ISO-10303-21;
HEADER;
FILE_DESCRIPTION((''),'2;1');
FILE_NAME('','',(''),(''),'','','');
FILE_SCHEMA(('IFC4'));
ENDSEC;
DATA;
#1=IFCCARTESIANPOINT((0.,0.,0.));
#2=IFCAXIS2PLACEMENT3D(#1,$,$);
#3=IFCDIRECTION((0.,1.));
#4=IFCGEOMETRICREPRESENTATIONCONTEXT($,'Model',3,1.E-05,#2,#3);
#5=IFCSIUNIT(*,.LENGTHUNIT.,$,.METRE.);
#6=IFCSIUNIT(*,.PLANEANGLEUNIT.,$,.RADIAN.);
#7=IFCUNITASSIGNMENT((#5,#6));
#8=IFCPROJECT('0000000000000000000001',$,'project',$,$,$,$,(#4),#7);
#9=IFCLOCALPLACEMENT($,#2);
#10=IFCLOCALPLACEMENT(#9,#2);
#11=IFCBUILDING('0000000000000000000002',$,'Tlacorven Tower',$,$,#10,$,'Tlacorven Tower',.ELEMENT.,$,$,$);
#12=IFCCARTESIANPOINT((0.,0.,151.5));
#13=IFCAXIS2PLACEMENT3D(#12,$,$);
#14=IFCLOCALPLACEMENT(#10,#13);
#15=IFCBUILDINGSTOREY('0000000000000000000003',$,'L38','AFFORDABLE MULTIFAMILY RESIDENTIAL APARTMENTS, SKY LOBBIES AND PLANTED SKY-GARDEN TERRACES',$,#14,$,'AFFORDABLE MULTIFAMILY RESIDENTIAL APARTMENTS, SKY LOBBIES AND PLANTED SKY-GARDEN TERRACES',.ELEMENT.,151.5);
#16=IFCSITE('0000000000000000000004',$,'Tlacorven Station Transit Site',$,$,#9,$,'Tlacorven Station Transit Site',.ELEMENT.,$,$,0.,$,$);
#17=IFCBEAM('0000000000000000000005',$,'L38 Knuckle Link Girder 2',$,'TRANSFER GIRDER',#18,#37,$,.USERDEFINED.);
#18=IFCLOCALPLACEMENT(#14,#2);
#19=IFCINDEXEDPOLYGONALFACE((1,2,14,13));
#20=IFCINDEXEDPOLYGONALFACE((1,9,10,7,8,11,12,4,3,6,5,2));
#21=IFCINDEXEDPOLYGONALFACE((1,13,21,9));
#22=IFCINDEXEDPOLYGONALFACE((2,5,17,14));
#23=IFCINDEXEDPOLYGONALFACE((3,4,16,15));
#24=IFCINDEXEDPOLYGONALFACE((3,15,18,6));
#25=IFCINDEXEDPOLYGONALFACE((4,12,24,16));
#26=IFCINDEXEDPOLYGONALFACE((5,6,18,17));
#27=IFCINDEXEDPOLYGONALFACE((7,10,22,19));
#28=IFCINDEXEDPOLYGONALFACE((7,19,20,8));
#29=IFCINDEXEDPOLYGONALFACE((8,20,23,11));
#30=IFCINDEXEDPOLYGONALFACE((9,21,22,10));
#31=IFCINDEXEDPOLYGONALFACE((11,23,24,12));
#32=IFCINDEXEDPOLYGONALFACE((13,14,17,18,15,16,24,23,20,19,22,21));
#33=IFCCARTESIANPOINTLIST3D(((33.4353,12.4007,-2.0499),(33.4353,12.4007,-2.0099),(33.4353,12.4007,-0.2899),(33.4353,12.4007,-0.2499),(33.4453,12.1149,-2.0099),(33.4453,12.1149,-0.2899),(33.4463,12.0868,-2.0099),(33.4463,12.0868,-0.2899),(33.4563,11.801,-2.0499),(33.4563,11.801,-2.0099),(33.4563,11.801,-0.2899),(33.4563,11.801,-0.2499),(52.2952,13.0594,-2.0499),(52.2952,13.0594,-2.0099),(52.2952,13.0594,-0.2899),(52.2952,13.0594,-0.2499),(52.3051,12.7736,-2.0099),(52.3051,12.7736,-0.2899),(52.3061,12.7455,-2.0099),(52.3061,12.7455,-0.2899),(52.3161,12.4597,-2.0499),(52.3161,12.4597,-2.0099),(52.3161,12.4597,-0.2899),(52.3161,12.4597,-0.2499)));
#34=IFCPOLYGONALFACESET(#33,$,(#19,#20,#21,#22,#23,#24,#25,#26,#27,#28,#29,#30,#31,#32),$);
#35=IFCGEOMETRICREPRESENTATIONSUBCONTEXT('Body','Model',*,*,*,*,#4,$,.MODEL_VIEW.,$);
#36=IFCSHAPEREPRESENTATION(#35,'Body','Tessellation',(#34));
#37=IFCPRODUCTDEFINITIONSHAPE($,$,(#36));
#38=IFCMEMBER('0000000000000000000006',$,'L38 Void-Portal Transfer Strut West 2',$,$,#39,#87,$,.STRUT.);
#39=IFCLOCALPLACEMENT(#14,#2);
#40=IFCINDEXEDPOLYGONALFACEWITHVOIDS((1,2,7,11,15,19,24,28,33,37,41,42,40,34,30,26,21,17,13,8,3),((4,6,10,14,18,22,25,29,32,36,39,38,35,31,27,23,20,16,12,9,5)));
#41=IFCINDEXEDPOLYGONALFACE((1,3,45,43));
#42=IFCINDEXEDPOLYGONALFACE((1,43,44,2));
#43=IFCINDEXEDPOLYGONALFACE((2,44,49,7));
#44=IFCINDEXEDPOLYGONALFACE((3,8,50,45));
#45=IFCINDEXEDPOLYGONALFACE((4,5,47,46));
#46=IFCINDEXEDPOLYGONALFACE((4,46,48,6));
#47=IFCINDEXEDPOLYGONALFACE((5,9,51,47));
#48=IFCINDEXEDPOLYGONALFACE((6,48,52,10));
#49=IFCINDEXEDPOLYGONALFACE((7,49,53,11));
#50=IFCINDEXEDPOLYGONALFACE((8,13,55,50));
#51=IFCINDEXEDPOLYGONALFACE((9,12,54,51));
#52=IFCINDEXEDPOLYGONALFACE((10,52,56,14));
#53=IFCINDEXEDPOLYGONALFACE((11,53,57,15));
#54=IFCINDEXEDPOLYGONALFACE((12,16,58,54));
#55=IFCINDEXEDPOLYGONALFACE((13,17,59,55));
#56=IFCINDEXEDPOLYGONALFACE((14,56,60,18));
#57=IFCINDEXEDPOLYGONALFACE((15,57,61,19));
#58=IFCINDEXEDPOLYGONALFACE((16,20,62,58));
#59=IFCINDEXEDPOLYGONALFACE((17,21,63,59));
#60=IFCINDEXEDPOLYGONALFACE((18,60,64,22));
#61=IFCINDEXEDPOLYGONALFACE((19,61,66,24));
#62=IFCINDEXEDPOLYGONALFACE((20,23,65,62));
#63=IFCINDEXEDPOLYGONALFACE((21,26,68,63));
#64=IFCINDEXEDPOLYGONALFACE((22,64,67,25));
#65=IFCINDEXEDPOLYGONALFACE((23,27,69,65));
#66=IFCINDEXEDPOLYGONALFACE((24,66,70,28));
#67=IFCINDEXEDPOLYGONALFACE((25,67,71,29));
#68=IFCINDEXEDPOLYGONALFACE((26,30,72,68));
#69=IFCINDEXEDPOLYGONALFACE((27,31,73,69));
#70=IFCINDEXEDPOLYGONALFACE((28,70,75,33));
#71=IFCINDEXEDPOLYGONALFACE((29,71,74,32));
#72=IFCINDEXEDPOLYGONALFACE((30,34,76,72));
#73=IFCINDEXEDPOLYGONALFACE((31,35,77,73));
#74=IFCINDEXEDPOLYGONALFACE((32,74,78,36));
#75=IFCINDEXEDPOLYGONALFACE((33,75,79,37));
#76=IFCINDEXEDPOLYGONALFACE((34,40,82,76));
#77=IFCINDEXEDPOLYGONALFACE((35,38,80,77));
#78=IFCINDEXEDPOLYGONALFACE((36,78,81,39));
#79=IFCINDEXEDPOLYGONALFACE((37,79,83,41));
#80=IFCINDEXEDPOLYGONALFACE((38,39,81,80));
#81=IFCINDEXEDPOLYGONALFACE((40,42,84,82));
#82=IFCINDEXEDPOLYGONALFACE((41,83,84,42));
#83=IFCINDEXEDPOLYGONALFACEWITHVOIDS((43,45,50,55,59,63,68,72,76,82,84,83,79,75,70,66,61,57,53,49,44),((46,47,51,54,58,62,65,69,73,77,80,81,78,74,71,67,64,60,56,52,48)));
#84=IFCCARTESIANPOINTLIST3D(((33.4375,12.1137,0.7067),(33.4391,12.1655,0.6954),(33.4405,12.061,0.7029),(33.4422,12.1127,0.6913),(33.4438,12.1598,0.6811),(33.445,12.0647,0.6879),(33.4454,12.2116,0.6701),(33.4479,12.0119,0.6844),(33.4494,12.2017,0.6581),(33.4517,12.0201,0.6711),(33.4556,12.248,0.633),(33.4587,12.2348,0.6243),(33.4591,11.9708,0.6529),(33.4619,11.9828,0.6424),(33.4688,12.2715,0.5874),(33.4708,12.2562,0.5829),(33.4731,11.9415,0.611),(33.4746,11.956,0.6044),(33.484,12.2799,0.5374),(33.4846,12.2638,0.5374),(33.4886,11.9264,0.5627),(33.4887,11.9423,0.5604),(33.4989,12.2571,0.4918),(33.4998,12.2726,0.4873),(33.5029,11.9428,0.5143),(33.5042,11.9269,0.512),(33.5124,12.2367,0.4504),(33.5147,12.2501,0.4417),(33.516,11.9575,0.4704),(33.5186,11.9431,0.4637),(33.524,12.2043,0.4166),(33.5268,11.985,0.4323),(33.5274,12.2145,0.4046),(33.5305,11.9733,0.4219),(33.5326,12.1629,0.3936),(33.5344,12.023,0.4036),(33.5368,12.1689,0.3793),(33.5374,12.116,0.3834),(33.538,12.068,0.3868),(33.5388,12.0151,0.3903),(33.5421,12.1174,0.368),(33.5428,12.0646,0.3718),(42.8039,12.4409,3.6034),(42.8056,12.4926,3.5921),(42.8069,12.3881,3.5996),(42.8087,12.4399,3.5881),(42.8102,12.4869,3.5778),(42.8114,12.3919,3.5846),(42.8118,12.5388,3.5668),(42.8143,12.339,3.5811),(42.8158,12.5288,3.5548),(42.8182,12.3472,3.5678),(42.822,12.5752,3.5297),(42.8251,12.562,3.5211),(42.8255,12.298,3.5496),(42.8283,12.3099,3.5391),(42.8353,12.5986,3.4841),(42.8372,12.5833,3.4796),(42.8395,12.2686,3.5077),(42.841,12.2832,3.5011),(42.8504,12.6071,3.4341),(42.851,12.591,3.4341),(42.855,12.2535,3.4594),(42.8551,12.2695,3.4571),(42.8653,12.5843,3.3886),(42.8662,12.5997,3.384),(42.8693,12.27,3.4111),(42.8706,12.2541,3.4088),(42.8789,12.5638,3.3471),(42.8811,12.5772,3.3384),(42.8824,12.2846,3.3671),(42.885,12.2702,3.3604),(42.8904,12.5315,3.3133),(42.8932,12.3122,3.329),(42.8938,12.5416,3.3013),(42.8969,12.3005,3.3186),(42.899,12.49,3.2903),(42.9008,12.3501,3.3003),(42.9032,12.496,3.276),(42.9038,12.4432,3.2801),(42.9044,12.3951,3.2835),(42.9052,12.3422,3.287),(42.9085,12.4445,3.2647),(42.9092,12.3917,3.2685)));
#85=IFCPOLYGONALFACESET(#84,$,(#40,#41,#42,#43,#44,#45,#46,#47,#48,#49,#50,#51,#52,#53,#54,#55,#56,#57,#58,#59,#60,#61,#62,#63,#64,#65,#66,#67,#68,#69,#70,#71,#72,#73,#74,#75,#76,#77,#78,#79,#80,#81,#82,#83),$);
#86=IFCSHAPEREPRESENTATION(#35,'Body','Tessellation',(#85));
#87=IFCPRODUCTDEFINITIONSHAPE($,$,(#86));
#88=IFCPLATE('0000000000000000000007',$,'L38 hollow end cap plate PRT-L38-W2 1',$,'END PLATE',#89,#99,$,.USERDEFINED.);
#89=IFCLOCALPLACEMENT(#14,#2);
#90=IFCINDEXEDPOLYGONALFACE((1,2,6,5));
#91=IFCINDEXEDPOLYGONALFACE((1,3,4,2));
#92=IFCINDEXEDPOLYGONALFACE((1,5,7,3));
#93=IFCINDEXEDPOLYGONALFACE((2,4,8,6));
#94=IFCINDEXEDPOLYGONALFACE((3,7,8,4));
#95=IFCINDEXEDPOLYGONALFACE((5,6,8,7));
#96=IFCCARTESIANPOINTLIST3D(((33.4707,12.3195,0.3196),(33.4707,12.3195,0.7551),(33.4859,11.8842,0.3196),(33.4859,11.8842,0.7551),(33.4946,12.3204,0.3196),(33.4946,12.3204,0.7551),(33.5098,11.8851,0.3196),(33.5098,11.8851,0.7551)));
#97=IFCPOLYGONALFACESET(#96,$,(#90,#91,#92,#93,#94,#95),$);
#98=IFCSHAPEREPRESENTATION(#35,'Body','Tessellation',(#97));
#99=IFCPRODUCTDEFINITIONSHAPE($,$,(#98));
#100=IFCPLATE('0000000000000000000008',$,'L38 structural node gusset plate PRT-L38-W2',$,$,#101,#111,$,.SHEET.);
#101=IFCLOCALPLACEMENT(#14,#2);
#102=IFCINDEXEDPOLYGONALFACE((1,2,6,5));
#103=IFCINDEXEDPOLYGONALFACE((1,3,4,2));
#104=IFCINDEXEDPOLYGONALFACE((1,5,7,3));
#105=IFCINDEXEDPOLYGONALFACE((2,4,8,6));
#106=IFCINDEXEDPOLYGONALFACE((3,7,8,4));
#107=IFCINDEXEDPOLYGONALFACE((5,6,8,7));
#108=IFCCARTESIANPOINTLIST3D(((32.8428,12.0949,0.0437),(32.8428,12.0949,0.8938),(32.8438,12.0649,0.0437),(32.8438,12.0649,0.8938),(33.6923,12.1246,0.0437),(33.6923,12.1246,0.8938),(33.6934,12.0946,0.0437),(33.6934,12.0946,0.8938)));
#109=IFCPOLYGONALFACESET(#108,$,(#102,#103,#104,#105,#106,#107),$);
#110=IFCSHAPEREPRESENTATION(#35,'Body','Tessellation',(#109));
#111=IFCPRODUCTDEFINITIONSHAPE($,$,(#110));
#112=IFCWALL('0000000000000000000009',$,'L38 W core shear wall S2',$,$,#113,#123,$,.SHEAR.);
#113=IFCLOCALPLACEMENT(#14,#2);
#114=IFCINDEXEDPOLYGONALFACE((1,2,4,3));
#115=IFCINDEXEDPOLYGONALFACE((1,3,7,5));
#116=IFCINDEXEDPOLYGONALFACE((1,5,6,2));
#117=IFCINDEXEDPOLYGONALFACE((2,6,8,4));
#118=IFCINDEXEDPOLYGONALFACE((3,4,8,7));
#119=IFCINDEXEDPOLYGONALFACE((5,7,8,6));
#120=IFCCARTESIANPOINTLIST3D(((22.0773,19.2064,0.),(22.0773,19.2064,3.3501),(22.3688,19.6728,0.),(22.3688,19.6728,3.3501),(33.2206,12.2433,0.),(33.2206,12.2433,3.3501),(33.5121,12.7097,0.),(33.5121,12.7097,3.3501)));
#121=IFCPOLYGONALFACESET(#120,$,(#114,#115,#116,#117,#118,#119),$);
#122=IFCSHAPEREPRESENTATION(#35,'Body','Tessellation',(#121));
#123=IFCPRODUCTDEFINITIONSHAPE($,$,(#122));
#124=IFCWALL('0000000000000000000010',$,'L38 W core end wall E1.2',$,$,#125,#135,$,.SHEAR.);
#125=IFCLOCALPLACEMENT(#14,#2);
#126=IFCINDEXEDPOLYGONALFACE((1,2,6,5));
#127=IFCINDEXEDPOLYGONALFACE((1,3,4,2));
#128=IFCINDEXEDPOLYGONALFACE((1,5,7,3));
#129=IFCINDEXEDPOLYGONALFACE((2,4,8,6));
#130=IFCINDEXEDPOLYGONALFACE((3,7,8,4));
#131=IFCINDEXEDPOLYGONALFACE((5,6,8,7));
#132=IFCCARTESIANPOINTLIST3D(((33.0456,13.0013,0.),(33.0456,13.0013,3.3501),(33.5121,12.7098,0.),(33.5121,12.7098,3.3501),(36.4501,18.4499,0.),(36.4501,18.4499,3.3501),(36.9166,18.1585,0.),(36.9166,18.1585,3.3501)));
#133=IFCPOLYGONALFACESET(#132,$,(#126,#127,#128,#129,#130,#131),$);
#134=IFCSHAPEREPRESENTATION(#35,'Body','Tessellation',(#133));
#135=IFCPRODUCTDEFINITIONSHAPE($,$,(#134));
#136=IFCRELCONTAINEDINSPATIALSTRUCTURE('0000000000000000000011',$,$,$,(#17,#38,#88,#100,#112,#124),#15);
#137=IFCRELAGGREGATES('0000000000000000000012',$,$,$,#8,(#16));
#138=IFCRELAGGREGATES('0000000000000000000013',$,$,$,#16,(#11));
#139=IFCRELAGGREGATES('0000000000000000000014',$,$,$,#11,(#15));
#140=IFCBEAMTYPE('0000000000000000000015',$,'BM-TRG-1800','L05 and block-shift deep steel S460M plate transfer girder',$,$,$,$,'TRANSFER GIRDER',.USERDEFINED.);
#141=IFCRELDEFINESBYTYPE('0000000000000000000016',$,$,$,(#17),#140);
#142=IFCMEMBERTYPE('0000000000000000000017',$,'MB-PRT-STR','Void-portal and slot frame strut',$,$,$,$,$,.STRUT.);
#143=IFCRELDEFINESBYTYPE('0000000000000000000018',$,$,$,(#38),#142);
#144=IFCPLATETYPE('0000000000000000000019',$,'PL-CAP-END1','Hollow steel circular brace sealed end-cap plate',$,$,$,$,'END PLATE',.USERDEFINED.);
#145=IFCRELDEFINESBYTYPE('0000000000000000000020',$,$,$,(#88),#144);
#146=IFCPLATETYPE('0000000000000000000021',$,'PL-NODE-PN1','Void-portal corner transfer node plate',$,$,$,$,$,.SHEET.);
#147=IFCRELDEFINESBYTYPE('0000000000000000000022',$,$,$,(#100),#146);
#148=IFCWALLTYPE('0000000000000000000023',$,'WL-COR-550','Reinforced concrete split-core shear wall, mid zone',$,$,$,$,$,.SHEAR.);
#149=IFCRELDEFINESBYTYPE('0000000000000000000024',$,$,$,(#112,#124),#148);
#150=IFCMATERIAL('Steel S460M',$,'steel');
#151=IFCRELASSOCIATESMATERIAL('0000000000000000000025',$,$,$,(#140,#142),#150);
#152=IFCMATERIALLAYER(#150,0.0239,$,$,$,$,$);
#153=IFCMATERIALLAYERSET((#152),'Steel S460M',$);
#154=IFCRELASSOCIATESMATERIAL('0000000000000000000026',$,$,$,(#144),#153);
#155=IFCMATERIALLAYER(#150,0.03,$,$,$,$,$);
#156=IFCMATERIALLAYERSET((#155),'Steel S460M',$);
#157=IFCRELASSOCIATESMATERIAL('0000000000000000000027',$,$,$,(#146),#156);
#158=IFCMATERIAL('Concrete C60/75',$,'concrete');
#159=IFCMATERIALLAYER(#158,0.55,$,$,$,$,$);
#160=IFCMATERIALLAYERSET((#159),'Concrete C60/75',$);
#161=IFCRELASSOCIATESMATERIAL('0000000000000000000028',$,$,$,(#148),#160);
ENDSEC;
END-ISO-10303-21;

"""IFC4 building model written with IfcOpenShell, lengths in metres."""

from ifc_helpers import new_model, si_unit, direction, frame, frame_2d, origin, origin_2d, place, context, subcontext, project, spatial, rectangle, hollow_circle, i_section, extrude, source, transform, mapped, material, layer, layer_set, material_profile, profile_set, type_object, element, save


model = new_model("IFC4")

# Units and contexts
model_context = context("Model", 3, precision=1e-05, world=origin(), true_north=direction((0.0, 1.0)))
body_context = subcontext(model_context, "Body", "Model", "MODEL_VIEW")
ifc_project = project(units=[si_unit("LENGTHUNIT", "METRE"), si_unit("PLANEANGLEUNIT", "RADIAN")], contexts=[model_context])

# Site, building, storey
site_placement = place(None, origin())
site = spatial("IfcSite", under=ifc_project, at=site_placement, Name="Tlacorven Station Transit Site", LongName="Tlacorven Station Transit Site", CompositionType="ELEMENT", RefElevation=0.0)
building_placement = place(site_placement, origin())
building = spatial("IfcBuilding", under=site, at=building_placement, Name="Tlacorven Tower", LongName="Tlacorven Tower", CompositionType="ELEMENT")
storey_placement = place(building_placement, frame((0.0, 0.0, 151.5)))
storey = spatial("IfcBuildingStorey", under=building, at=storey_placement, Name="L38", Description="AFFORDABLE MULTIFAMILY RESIDENTIAL APARTMENTS, SKY LOBBIES AND PLANTED SKY-GARDEN TERRACES", LongName="AFFORDABLE MULTIFAMILY RESIDENTIAL APARTMENTS, SKY LOBBIES AND PLANTED SKY-GARDEN TERRACES", CompositionType="ELEMENT", Elevation=151.5)

# Beam
ifc_material_1 = material(Name="Steel S460M", Category="steel")
ifc_material_profile_1 = material_profile(ifc_material_1, i_section(OverallWidth=0.6001, OverallDepth=1.8, WebThickness=0.0281, FlangeThickness=0.04, at=origin_2d()), Name="PG 1800X600X28X40")
ifc_profile_set_1 = profile_set([ifc_material_profile_1], Name="Steel S460M")
beam_type = type_object("IfcBeamType", Name="BM-TRG-1800", Description="L05 and block-shift deep steel S460M plate transfer girder", ElementType="TRANSFER GIRDER", PredefinedType="USERDEFINED", material=ifc_profile_set_1)
shared_shape_1 = source(origin(), body_context, "Body", "SweptSolid", [
    extrude(i_section(OverallWidth=0.6001, OverallDepth=1.8, WebThickness=0.0281, FlangeThickness=0.04, at=origin_2d()), origin(), (0.0, 0.0, 1.0), 18.8713),
])
beam_placement = place(storey_placement, frame((33.4458, 12.1008, -1.1499), z_axis=(0.999391, 0.034904, 0.0), x_axis=(-0.034904, 0.999391, 0.0)))
element("IfcBeam", 1, at=beam_placement, inside=storey, type_object=beam_type, Name="L38 Knuckle Link Girder 2", ObjectType="TRANSFER GIRDER", PredefinedType="USERDEFINED", context=body_context, shape_type="MappedRepresentation", body=[
    mapped(shared_shape_1, transform((0.0, 0.0, 0.0), scale=1.0)),
])

# Member
ifc_material_profile_2 = material_profile(ifc_material_1, hollow_circle(Radius=0.1777, WallThickness=0.0161, at=origin_2d()), Name="CHS 355.6X16")
ifc_profile_set_2 = profile_set([ifc_material_profile_2], Name="Steel S460M")
member_type = type_object("IfcMemberType", Name="MB-PRT-STR", Description="Void-portal and slot frame strut", PredefinedType="STRUT", material=ifc_profile_set_2)
shared_shape_2 = source(origin(), body_context, "Body", "SweptSolid", [
    extrude(hollow_circle(Radius=0.1777, WallThickness=0.0161, at=origin_2d()), origin(), (0.0, 0.0, 1.0), 9.8096),
])
member_placement = place(storey_placement, frame((33.4902, 12.1023, 0.5374), z_axis=(0.954824, 0.03335, 0.295295), x_axis=(-0.034906, 0.999391, 0.0)))
element("IfcMember", 2, at=member_placement, inside=storey, type_object=member_type, Name="L38 Void-Portal Transfer Strut West 2", PredefinedType="STRUT", context=body_context, shape_type="MappedRepresentation", body=[
    mapped(shared_shape_2, transform((0.0, 0.0, 0.0), scale=1.0)),
])

# Plates
ifc_layer_1 = layer(ifc_material_1, 0.0239)
ifc_layer_set_1 = layer_set([ifc_layer_1], Name="Steel S460M")
plate_type_1 = type_object("IfcPlateType", Name="PL-CAP-END1", Description="Hollow steel circular brace sealed end-cap plate", ElementType="END PLATE", PredefinedType="USERDEFINED", material=ifc_layer_set_1)
shared_shape_3 = source(origin(), body_context, "Body", "SweptSolid", [
    extrude(rectangle(XDim=0.0239, YDim=0.4355, at=origin_2d()), origin(), (0.0, 0.0, 1.0), 0.4355),
])
plate_1_placement = place(storey_placement, frame((33.4902, 12.1023, 0.3196), z_axis=(0.0, 0.0, 1.0), x_axis=(0.999391, 0.0349, 0.0)))
element("IfcPlate", 3, at=plate_1_placement, inside=storey, type_object=plate_type_1, Name="L38 hollow end cap plate PRT-L38-W2 1", ObjectType="END PLATE", PredefinedType="USERDEFINED", context=body_context, shape_type="MappedRepresentation", body=[
    mapped(shared_shape_3, transform((0.0, 0.0, 0.0), scale=1.0)),
])
ifc_layer_2 = layer(ifc_material_1, 0.03)
ifc_layer_set_2 = layer_set([ifc_layer_2], Name="Steel S460M")
plate_type_2 = type_object("IfcPlateType", Name="PL-NODE-PN1", Description="Void-portal corner transfer node plate", PredefinedType="SHEET", material=ifc_layer_set_2)
shared_shape_4 = source(origin(), body_context, "Body", "SweptSolid", [
    extrude(rectangle(XDim=0.8501, YDim=0.03, at=origin_2d()), origin(), (0.0, 0.0, 1.0), 0.8501),
])
plate_2_placement = place(storey_placement, frame((33.2681, 12.0947, 0.0437), z_axis=(0.0, 0.0, 1.0), x_axis=(0.999391, 0.0349, 0.0)))
element("IfcPlate", 4, at=plate_2_placement, inside=storey, type_object=plate_type_2, Name="L38 structural node gusset plate PRT-L38-W2", PredefinedType="SHEET", context=body_context, shape_type="MappedRepresentation", body=[
    mapped(shared_shape_4, transform((0.0, 0.0, 0.0), scale=1.0)),
])

# Walls
ifc_material_2 = material(Name="Concrete C60/75", Category="concrete")
ifc_layer_3 = layer(ifc_material_2, 0.55)
ifc_layer_set_3 = layer_set([ifc_layer_3], Name="Concrete C60/75")
wall_type_1 = type_object("IfcWallType", Name="WL-COR-550", Description="Reinforced concrete split-core shear wall, mid zone", PredefinedType="SHEAR", material=ifc_layer_set_3)
wall_1_placement = place(storey_placement, frame((33.3662, 12.4766, 0.0), z_axis=(0.0, 0.0, 1.0), x_axis=(-0.848047, 0.52992, 0.0)))
element("IfcWall", 5, at=wall_1_placement, inside=storey, type_object=wall_type_1, Name="L38 W core shear wall S2", PredefinedType="SHEAR", context=body_context, shape_type="SweptSolid", body=[
    extrude(rectangle(XDim=13.1399, YDim=0.55, at=frame_2d((6.5698, 0.0))), origin(), (0.0, 0.0, 1.0), 3.3501),
])
wall_2_placement = place(storey_placement, frame((36.6833, 18.3042, 0.0), z_axis=(0.0, 0.0, 1.0), x_axis=(-0.529896, -0.848062, 0.0)))
element("IfcWall", 6, at=wall_2_placement, inside=storey, type_object=wall_type_1, Name="L38 W core end wall E1.2", PredefinedType="SHEAR", context=body_context, shape_type="SweptSolid", body=[
    extrude(rectangle(XDim=6.4248, YDim=0.55, at=frame_2d((3.2124, 0.0))), origin(), (0.0, 0.0, 1.0), 3.3501),
])

save(model, "model.ifc")
